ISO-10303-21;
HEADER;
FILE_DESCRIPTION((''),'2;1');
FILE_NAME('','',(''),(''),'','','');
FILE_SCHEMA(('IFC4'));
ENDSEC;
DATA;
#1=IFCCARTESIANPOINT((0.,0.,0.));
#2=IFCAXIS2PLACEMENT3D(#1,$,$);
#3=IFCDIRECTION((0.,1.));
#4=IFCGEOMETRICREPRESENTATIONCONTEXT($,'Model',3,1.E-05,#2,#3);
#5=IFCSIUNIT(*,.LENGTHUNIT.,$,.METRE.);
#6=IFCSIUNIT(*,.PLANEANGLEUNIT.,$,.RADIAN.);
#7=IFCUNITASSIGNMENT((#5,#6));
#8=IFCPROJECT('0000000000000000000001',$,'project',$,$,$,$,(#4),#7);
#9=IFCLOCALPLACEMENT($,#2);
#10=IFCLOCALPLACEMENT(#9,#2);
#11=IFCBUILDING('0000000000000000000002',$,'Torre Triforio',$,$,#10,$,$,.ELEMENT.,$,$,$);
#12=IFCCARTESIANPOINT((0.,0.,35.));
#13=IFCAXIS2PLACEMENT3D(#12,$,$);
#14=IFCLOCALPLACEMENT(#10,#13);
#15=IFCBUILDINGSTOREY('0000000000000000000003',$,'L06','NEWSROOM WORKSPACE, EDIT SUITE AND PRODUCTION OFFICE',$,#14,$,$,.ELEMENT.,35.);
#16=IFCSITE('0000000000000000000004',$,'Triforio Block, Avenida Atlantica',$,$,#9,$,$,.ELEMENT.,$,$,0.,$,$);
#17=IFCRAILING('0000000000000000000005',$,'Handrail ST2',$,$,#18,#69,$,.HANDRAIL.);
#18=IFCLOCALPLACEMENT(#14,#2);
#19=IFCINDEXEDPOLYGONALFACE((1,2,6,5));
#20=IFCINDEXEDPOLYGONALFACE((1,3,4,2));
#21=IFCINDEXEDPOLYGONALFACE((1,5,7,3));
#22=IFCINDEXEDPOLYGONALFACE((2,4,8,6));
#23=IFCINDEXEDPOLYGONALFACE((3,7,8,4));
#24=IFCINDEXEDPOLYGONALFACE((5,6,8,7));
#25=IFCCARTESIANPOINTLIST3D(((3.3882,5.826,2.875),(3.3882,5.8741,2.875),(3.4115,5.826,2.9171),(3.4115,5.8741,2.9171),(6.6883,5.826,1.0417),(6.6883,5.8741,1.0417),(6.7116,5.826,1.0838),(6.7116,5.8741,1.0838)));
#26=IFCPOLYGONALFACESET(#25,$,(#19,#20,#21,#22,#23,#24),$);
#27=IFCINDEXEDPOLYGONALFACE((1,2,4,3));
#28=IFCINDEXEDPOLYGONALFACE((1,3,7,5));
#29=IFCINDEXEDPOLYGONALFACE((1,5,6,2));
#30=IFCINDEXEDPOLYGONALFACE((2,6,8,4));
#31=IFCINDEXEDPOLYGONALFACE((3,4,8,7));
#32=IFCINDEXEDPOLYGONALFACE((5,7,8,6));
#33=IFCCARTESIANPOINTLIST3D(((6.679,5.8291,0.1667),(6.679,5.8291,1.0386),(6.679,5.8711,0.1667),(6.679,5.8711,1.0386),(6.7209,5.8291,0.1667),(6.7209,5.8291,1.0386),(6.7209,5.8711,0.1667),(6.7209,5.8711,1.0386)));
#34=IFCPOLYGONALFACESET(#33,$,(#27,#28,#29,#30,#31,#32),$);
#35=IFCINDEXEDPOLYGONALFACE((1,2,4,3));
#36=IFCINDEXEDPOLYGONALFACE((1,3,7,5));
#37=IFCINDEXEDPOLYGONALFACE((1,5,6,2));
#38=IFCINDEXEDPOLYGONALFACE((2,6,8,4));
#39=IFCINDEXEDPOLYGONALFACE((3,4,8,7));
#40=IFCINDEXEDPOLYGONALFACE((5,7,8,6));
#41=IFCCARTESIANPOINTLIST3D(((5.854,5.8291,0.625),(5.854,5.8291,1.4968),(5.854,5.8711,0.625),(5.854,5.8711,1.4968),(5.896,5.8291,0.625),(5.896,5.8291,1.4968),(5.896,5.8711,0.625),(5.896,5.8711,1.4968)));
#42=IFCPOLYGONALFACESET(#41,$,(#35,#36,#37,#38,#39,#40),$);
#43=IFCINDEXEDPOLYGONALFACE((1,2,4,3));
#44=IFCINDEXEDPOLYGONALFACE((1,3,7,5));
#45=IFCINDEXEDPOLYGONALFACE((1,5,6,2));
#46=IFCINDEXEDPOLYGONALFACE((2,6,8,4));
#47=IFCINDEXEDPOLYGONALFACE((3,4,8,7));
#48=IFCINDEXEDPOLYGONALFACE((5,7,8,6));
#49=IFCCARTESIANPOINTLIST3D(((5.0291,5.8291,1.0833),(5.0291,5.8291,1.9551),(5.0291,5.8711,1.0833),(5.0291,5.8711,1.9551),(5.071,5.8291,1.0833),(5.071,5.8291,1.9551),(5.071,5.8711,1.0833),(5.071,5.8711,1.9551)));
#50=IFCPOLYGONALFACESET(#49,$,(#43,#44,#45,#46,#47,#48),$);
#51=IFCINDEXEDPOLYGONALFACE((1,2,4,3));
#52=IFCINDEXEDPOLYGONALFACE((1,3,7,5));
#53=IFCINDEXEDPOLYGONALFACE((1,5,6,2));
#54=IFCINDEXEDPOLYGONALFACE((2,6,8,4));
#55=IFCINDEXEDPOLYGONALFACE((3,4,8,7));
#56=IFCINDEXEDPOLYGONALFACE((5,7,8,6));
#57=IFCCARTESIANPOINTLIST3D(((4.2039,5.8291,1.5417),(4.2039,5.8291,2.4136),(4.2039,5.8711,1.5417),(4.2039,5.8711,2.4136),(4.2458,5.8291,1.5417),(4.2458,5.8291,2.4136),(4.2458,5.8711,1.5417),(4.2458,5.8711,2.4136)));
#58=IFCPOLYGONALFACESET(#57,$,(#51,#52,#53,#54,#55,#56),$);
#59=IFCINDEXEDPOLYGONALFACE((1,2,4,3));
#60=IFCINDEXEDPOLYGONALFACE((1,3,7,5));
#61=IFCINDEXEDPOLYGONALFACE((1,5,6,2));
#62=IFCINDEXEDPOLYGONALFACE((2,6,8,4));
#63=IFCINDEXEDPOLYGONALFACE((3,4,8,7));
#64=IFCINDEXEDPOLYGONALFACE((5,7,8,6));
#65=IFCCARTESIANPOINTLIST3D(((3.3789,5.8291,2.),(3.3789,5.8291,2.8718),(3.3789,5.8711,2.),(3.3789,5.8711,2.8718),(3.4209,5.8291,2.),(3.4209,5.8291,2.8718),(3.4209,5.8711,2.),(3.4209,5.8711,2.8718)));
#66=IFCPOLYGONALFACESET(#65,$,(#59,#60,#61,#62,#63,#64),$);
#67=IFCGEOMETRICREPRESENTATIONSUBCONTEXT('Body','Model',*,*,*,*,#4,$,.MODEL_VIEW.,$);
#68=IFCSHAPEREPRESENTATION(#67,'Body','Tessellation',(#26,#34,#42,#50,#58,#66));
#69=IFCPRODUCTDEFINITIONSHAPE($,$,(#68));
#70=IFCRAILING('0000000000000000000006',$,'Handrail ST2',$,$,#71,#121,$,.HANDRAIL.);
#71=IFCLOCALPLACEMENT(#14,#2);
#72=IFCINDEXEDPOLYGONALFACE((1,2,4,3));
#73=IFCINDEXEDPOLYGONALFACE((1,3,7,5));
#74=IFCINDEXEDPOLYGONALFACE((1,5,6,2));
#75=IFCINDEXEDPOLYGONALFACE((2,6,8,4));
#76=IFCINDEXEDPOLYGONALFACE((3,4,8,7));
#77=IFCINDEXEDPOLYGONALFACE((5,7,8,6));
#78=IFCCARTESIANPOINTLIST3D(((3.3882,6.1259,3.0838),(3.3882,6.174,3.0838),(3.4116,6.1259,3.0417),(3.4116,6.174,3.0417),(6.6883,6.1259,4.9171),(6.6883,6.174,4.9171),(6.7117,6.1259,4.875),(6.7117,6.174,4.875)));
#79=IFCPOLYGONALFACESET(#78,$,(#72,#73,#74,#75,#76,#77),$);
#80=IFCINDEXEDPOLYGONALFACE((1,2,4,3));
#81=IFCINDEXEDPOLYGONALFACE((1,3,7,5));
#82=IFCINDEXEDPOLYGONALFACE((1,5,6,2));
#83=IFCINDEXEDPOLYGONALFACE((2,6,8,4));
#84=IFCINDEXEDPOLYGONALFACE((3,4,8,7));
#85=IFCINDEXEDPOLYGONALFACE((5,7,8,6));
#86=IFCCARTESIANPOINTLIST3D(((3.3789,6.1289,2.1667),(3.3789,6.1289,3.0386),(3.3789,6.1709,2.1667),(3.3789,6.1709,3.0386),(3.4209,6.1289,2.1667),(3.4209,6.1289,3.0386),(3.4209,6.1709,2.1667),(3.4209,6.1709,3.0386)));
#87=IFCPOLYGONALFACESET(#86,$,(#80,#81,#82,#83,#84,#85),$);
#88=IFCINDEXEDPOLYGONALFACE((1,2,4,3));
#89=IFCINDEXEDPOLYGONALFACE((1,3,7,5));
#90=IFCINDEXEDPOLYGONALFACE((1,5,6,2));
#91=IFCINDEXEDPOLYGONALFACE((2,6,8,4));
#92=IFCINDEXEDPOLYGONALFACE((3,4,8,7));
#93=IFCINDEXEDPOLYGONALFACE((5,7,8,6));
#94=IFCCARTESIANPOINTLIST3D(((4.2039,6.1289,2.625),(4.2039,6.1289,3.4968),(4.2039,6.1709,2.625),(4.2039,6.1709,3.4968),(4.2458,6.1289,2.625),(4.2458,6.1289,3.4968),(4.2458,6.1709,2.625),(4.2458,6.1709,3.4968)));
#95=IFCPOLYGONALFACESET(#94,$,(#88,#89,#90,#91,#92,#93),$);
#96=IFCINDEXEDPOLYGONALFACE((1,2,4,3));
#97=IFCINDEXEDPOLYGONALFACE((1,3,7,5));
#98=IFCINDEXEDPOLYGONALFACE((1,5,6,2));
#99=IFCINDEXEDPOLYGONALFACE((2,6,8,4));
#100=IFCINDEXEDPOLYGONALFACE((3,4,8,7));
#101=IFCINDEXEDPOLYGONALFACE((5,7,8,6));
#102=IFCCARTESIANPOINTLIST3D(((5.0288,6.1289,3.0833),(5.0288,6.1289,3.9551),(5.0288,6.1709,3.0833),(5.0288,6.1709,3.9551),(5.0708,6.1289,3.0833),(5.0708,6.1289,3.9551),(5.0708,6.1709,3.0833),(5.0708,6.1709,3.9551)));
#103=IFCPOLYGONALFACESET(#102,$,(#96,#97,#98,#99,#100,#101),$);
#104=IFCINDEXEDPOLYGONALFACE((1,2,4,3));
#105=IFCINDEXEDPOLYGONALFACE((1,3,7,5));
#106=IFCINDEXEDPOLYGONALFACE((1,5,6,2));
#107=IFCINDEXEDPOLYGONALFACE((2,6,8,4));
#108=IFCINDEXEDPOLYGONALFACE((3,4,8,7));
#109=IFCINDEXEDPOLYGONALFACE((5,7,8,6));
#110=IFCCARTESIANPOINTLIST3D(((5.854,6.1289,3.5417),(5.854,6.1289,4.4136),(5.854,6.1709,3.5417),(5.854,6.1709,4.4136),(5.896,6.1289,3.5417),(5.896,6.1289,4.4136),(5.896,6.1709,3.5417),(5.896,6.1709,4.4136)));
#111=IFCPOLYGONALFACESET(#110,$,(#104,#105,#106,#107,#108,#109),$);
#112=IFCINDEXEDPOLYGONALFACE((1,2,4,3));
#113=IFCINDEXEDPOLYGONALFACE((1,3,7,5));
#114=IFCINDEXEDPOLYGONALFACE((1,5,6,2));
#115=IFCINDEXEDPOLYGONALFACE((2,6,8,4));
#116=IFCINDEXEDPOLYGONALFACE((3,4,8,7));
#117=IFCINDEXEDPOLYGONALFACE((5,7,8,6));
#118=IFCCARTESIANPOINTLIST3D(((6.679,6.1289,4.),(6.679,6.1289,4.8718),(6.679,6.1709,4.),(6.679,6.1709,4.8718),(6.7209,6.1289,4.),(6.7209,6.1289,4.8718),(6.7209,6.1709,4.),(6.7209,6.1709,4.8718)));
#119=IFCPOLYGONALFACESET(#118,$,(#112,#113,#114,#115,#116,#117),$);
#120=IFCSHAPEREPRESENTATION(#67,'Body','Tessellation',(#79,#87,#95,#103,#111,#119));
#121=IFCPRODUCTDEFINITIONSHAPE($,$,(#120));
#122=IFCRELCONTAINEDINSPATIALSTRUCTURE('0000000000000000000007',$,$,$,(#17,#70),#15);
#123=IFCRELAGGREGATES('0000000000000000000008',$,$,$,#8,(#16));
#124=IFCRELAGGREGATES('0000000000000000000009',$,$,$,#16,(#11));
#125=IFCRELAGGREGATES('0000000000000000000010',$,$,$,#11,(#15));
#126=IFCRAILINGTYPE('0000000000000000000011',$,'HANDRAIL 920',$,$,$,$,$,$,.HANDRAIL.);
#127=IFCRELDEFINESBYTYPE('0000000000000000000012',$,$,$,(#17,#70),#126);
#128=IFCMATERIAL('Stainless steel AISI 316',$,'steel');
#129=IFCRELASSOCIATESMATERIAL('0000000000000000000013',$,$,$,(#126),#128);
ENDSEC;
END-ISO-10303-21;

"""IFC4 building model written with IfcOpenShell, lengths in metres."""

from ifc_helpers import new_model, si_unit, direction, frame, origin, origin_2d, place, context, subcontext, project, spatial, rectangle, extrude, material, type_object, element, save


model = new_model("IFC4")

# Units and contexts
model_context = context("Model", 3, precision=1e-05, world=origin(), true_north=direction((0.0, 1.0)))
body_context = subcontext(model_context, "Body", "Model", "MODEL_VIEW")
ifc_project = project(units=[si_unit("LENGTHUNIT", "METRE"), si_unit("PLANEANGLEUNIT", "RADIAN")], contexts=[model_context])

# Site, building, storey
site_placement = place(None, origin())
site = spatial("IfcSite", under=ifc_project, at=site_placement, Name="Triforio Block, Avenida Atlantica", CompositionType="ELEMENT", RefElevation=0.0)
building_placement = place(site_placement, origin())
building = spatial("IfcBuilding", under=site, at=building_placement, Name="Torre Triforio", CompositionType="ELEMENT")
storey_placement = place(building_placement, frame((0.0, 0.0, 35.0)))
storey = spatial("IfcBuildingStorey", under=building, at=storey_placement, Name="L06", Description="NEWSROOM WORKSPACE, EDIT SUITE AND PRODUCTION OFFICE", CompositionType="ELEMENT", Elevation=35.0)

# Railings
ifc_material_1 = material(Name="Stainless steel AISI 316", Category="steel")
railing_type = type_object("IfcRailingType", Name="HANDRAIL 920", PredefinedType="HANDRAIL", material=ifc_material_1)
for number, where, name in (
    (1, (6.7, 5.8501, 0.1667), "Handrail ST2"),
):
    element("IfcRailing", number, at=place(storey_placement, frame(where)), inside=storey, type_object=railing_type, Name=name, PredefinedType="HANDRAIL", context=body_context, shape_type="SweptSolid", body=[
        extrude(rectangle(XDim=0.0481, YDim=0.0481, at=origin_2d()), frame((0.0, 0.0, 0.896), z_axis=(-0.874169, 0.0, 0.485621), x_axis=(0.0, -1.0, 0.0)), (0.0, 0.0, 1.0), 3.7751),
        extrude(rectangle(XDim=0.042, YDim=0.042, at=origin_2d()), origin(), (0.0, 0.0, 1.0), 0.8718),
        extrude(rectangle(XDim=0.042, YDim=0.042, at=origin_2d()), frame((-0.825, 0.0, 0.4583)), (0.0, 0.0, 1.0), 0.8718),
        extrude(rectangle(XDim=0.042, YDim=0.042, at=origin_2d()), frame((-1.6499, 0.0, 0.9165)), (0.0, 0.0, 1.0), 0.8718),
        extrude(rectangle(XDim=0.042, YDim=0.042, at=origin_2d()), frame((-2.4751, 0.0, 1.375)), (0.0, 0.0, 1.0), 0.8718),
        extrude(rectangle(XDim=0.042, YDim=0.042, at=origin_2d()), frame((-3.3, 0.0, 1.8333)), (0.0, 0.0, 1.0), 0.8718),
    ])
railing_placement = place(storey_placement, frame((3.3999, 6.1499, 2.1667)))
element("IfcRailing", 2, at=railing_placement, inside=storey, type_object=railing_type, Name="Handrail ST2", PredefinedType="HANDRAIL", context=body_context, shape_type="SweptSolid", body=[
    extrude(rectangle(XDim=0.0481, YDim=0.0481, at=origin_2d()), frame((0.0, 0.0, 0.896), z_axis=(0.874169, 0.0, 0.485621), x_axis=(0.0, 1.0, 0.0)), (0.0, 0.0, 1.0), 3.7751),
    extrude(rectangle(XDim=0.042, YDim=0.042, at=origin_2d()), origin(), (0.0, 0.0, 1.0), 0.8718),
    extrude(rectangle(XDim=0.042, YDim=0.042, at=origin_2d()), frame((0.825, 0.0, 0.4583)), (0.0, 0.0, 1.0), 0.8718),
    extrude(rectangle(XDim=0.042, YDim=0.042, at=origin_2d()), frame((1.6499, 0.0, 0.9165)), (0.0, 0.0, 1.0), 0.8718),
    extrude(rectangle(XDim=0.042, YDim=0.042, at=origin_2d()), frame((2.4751, 0.0, 1.375)), (0.0, 0.0, 1.0), 0.8718),
    extrude(rectangle(XDim=0.042, YDim=0.042, at=origin_2d()), frame((3.3, 0.0, 1.8333)), (0.0, 0.0, 1.0), 0.8718),
])

save(model, "model.ifc")
